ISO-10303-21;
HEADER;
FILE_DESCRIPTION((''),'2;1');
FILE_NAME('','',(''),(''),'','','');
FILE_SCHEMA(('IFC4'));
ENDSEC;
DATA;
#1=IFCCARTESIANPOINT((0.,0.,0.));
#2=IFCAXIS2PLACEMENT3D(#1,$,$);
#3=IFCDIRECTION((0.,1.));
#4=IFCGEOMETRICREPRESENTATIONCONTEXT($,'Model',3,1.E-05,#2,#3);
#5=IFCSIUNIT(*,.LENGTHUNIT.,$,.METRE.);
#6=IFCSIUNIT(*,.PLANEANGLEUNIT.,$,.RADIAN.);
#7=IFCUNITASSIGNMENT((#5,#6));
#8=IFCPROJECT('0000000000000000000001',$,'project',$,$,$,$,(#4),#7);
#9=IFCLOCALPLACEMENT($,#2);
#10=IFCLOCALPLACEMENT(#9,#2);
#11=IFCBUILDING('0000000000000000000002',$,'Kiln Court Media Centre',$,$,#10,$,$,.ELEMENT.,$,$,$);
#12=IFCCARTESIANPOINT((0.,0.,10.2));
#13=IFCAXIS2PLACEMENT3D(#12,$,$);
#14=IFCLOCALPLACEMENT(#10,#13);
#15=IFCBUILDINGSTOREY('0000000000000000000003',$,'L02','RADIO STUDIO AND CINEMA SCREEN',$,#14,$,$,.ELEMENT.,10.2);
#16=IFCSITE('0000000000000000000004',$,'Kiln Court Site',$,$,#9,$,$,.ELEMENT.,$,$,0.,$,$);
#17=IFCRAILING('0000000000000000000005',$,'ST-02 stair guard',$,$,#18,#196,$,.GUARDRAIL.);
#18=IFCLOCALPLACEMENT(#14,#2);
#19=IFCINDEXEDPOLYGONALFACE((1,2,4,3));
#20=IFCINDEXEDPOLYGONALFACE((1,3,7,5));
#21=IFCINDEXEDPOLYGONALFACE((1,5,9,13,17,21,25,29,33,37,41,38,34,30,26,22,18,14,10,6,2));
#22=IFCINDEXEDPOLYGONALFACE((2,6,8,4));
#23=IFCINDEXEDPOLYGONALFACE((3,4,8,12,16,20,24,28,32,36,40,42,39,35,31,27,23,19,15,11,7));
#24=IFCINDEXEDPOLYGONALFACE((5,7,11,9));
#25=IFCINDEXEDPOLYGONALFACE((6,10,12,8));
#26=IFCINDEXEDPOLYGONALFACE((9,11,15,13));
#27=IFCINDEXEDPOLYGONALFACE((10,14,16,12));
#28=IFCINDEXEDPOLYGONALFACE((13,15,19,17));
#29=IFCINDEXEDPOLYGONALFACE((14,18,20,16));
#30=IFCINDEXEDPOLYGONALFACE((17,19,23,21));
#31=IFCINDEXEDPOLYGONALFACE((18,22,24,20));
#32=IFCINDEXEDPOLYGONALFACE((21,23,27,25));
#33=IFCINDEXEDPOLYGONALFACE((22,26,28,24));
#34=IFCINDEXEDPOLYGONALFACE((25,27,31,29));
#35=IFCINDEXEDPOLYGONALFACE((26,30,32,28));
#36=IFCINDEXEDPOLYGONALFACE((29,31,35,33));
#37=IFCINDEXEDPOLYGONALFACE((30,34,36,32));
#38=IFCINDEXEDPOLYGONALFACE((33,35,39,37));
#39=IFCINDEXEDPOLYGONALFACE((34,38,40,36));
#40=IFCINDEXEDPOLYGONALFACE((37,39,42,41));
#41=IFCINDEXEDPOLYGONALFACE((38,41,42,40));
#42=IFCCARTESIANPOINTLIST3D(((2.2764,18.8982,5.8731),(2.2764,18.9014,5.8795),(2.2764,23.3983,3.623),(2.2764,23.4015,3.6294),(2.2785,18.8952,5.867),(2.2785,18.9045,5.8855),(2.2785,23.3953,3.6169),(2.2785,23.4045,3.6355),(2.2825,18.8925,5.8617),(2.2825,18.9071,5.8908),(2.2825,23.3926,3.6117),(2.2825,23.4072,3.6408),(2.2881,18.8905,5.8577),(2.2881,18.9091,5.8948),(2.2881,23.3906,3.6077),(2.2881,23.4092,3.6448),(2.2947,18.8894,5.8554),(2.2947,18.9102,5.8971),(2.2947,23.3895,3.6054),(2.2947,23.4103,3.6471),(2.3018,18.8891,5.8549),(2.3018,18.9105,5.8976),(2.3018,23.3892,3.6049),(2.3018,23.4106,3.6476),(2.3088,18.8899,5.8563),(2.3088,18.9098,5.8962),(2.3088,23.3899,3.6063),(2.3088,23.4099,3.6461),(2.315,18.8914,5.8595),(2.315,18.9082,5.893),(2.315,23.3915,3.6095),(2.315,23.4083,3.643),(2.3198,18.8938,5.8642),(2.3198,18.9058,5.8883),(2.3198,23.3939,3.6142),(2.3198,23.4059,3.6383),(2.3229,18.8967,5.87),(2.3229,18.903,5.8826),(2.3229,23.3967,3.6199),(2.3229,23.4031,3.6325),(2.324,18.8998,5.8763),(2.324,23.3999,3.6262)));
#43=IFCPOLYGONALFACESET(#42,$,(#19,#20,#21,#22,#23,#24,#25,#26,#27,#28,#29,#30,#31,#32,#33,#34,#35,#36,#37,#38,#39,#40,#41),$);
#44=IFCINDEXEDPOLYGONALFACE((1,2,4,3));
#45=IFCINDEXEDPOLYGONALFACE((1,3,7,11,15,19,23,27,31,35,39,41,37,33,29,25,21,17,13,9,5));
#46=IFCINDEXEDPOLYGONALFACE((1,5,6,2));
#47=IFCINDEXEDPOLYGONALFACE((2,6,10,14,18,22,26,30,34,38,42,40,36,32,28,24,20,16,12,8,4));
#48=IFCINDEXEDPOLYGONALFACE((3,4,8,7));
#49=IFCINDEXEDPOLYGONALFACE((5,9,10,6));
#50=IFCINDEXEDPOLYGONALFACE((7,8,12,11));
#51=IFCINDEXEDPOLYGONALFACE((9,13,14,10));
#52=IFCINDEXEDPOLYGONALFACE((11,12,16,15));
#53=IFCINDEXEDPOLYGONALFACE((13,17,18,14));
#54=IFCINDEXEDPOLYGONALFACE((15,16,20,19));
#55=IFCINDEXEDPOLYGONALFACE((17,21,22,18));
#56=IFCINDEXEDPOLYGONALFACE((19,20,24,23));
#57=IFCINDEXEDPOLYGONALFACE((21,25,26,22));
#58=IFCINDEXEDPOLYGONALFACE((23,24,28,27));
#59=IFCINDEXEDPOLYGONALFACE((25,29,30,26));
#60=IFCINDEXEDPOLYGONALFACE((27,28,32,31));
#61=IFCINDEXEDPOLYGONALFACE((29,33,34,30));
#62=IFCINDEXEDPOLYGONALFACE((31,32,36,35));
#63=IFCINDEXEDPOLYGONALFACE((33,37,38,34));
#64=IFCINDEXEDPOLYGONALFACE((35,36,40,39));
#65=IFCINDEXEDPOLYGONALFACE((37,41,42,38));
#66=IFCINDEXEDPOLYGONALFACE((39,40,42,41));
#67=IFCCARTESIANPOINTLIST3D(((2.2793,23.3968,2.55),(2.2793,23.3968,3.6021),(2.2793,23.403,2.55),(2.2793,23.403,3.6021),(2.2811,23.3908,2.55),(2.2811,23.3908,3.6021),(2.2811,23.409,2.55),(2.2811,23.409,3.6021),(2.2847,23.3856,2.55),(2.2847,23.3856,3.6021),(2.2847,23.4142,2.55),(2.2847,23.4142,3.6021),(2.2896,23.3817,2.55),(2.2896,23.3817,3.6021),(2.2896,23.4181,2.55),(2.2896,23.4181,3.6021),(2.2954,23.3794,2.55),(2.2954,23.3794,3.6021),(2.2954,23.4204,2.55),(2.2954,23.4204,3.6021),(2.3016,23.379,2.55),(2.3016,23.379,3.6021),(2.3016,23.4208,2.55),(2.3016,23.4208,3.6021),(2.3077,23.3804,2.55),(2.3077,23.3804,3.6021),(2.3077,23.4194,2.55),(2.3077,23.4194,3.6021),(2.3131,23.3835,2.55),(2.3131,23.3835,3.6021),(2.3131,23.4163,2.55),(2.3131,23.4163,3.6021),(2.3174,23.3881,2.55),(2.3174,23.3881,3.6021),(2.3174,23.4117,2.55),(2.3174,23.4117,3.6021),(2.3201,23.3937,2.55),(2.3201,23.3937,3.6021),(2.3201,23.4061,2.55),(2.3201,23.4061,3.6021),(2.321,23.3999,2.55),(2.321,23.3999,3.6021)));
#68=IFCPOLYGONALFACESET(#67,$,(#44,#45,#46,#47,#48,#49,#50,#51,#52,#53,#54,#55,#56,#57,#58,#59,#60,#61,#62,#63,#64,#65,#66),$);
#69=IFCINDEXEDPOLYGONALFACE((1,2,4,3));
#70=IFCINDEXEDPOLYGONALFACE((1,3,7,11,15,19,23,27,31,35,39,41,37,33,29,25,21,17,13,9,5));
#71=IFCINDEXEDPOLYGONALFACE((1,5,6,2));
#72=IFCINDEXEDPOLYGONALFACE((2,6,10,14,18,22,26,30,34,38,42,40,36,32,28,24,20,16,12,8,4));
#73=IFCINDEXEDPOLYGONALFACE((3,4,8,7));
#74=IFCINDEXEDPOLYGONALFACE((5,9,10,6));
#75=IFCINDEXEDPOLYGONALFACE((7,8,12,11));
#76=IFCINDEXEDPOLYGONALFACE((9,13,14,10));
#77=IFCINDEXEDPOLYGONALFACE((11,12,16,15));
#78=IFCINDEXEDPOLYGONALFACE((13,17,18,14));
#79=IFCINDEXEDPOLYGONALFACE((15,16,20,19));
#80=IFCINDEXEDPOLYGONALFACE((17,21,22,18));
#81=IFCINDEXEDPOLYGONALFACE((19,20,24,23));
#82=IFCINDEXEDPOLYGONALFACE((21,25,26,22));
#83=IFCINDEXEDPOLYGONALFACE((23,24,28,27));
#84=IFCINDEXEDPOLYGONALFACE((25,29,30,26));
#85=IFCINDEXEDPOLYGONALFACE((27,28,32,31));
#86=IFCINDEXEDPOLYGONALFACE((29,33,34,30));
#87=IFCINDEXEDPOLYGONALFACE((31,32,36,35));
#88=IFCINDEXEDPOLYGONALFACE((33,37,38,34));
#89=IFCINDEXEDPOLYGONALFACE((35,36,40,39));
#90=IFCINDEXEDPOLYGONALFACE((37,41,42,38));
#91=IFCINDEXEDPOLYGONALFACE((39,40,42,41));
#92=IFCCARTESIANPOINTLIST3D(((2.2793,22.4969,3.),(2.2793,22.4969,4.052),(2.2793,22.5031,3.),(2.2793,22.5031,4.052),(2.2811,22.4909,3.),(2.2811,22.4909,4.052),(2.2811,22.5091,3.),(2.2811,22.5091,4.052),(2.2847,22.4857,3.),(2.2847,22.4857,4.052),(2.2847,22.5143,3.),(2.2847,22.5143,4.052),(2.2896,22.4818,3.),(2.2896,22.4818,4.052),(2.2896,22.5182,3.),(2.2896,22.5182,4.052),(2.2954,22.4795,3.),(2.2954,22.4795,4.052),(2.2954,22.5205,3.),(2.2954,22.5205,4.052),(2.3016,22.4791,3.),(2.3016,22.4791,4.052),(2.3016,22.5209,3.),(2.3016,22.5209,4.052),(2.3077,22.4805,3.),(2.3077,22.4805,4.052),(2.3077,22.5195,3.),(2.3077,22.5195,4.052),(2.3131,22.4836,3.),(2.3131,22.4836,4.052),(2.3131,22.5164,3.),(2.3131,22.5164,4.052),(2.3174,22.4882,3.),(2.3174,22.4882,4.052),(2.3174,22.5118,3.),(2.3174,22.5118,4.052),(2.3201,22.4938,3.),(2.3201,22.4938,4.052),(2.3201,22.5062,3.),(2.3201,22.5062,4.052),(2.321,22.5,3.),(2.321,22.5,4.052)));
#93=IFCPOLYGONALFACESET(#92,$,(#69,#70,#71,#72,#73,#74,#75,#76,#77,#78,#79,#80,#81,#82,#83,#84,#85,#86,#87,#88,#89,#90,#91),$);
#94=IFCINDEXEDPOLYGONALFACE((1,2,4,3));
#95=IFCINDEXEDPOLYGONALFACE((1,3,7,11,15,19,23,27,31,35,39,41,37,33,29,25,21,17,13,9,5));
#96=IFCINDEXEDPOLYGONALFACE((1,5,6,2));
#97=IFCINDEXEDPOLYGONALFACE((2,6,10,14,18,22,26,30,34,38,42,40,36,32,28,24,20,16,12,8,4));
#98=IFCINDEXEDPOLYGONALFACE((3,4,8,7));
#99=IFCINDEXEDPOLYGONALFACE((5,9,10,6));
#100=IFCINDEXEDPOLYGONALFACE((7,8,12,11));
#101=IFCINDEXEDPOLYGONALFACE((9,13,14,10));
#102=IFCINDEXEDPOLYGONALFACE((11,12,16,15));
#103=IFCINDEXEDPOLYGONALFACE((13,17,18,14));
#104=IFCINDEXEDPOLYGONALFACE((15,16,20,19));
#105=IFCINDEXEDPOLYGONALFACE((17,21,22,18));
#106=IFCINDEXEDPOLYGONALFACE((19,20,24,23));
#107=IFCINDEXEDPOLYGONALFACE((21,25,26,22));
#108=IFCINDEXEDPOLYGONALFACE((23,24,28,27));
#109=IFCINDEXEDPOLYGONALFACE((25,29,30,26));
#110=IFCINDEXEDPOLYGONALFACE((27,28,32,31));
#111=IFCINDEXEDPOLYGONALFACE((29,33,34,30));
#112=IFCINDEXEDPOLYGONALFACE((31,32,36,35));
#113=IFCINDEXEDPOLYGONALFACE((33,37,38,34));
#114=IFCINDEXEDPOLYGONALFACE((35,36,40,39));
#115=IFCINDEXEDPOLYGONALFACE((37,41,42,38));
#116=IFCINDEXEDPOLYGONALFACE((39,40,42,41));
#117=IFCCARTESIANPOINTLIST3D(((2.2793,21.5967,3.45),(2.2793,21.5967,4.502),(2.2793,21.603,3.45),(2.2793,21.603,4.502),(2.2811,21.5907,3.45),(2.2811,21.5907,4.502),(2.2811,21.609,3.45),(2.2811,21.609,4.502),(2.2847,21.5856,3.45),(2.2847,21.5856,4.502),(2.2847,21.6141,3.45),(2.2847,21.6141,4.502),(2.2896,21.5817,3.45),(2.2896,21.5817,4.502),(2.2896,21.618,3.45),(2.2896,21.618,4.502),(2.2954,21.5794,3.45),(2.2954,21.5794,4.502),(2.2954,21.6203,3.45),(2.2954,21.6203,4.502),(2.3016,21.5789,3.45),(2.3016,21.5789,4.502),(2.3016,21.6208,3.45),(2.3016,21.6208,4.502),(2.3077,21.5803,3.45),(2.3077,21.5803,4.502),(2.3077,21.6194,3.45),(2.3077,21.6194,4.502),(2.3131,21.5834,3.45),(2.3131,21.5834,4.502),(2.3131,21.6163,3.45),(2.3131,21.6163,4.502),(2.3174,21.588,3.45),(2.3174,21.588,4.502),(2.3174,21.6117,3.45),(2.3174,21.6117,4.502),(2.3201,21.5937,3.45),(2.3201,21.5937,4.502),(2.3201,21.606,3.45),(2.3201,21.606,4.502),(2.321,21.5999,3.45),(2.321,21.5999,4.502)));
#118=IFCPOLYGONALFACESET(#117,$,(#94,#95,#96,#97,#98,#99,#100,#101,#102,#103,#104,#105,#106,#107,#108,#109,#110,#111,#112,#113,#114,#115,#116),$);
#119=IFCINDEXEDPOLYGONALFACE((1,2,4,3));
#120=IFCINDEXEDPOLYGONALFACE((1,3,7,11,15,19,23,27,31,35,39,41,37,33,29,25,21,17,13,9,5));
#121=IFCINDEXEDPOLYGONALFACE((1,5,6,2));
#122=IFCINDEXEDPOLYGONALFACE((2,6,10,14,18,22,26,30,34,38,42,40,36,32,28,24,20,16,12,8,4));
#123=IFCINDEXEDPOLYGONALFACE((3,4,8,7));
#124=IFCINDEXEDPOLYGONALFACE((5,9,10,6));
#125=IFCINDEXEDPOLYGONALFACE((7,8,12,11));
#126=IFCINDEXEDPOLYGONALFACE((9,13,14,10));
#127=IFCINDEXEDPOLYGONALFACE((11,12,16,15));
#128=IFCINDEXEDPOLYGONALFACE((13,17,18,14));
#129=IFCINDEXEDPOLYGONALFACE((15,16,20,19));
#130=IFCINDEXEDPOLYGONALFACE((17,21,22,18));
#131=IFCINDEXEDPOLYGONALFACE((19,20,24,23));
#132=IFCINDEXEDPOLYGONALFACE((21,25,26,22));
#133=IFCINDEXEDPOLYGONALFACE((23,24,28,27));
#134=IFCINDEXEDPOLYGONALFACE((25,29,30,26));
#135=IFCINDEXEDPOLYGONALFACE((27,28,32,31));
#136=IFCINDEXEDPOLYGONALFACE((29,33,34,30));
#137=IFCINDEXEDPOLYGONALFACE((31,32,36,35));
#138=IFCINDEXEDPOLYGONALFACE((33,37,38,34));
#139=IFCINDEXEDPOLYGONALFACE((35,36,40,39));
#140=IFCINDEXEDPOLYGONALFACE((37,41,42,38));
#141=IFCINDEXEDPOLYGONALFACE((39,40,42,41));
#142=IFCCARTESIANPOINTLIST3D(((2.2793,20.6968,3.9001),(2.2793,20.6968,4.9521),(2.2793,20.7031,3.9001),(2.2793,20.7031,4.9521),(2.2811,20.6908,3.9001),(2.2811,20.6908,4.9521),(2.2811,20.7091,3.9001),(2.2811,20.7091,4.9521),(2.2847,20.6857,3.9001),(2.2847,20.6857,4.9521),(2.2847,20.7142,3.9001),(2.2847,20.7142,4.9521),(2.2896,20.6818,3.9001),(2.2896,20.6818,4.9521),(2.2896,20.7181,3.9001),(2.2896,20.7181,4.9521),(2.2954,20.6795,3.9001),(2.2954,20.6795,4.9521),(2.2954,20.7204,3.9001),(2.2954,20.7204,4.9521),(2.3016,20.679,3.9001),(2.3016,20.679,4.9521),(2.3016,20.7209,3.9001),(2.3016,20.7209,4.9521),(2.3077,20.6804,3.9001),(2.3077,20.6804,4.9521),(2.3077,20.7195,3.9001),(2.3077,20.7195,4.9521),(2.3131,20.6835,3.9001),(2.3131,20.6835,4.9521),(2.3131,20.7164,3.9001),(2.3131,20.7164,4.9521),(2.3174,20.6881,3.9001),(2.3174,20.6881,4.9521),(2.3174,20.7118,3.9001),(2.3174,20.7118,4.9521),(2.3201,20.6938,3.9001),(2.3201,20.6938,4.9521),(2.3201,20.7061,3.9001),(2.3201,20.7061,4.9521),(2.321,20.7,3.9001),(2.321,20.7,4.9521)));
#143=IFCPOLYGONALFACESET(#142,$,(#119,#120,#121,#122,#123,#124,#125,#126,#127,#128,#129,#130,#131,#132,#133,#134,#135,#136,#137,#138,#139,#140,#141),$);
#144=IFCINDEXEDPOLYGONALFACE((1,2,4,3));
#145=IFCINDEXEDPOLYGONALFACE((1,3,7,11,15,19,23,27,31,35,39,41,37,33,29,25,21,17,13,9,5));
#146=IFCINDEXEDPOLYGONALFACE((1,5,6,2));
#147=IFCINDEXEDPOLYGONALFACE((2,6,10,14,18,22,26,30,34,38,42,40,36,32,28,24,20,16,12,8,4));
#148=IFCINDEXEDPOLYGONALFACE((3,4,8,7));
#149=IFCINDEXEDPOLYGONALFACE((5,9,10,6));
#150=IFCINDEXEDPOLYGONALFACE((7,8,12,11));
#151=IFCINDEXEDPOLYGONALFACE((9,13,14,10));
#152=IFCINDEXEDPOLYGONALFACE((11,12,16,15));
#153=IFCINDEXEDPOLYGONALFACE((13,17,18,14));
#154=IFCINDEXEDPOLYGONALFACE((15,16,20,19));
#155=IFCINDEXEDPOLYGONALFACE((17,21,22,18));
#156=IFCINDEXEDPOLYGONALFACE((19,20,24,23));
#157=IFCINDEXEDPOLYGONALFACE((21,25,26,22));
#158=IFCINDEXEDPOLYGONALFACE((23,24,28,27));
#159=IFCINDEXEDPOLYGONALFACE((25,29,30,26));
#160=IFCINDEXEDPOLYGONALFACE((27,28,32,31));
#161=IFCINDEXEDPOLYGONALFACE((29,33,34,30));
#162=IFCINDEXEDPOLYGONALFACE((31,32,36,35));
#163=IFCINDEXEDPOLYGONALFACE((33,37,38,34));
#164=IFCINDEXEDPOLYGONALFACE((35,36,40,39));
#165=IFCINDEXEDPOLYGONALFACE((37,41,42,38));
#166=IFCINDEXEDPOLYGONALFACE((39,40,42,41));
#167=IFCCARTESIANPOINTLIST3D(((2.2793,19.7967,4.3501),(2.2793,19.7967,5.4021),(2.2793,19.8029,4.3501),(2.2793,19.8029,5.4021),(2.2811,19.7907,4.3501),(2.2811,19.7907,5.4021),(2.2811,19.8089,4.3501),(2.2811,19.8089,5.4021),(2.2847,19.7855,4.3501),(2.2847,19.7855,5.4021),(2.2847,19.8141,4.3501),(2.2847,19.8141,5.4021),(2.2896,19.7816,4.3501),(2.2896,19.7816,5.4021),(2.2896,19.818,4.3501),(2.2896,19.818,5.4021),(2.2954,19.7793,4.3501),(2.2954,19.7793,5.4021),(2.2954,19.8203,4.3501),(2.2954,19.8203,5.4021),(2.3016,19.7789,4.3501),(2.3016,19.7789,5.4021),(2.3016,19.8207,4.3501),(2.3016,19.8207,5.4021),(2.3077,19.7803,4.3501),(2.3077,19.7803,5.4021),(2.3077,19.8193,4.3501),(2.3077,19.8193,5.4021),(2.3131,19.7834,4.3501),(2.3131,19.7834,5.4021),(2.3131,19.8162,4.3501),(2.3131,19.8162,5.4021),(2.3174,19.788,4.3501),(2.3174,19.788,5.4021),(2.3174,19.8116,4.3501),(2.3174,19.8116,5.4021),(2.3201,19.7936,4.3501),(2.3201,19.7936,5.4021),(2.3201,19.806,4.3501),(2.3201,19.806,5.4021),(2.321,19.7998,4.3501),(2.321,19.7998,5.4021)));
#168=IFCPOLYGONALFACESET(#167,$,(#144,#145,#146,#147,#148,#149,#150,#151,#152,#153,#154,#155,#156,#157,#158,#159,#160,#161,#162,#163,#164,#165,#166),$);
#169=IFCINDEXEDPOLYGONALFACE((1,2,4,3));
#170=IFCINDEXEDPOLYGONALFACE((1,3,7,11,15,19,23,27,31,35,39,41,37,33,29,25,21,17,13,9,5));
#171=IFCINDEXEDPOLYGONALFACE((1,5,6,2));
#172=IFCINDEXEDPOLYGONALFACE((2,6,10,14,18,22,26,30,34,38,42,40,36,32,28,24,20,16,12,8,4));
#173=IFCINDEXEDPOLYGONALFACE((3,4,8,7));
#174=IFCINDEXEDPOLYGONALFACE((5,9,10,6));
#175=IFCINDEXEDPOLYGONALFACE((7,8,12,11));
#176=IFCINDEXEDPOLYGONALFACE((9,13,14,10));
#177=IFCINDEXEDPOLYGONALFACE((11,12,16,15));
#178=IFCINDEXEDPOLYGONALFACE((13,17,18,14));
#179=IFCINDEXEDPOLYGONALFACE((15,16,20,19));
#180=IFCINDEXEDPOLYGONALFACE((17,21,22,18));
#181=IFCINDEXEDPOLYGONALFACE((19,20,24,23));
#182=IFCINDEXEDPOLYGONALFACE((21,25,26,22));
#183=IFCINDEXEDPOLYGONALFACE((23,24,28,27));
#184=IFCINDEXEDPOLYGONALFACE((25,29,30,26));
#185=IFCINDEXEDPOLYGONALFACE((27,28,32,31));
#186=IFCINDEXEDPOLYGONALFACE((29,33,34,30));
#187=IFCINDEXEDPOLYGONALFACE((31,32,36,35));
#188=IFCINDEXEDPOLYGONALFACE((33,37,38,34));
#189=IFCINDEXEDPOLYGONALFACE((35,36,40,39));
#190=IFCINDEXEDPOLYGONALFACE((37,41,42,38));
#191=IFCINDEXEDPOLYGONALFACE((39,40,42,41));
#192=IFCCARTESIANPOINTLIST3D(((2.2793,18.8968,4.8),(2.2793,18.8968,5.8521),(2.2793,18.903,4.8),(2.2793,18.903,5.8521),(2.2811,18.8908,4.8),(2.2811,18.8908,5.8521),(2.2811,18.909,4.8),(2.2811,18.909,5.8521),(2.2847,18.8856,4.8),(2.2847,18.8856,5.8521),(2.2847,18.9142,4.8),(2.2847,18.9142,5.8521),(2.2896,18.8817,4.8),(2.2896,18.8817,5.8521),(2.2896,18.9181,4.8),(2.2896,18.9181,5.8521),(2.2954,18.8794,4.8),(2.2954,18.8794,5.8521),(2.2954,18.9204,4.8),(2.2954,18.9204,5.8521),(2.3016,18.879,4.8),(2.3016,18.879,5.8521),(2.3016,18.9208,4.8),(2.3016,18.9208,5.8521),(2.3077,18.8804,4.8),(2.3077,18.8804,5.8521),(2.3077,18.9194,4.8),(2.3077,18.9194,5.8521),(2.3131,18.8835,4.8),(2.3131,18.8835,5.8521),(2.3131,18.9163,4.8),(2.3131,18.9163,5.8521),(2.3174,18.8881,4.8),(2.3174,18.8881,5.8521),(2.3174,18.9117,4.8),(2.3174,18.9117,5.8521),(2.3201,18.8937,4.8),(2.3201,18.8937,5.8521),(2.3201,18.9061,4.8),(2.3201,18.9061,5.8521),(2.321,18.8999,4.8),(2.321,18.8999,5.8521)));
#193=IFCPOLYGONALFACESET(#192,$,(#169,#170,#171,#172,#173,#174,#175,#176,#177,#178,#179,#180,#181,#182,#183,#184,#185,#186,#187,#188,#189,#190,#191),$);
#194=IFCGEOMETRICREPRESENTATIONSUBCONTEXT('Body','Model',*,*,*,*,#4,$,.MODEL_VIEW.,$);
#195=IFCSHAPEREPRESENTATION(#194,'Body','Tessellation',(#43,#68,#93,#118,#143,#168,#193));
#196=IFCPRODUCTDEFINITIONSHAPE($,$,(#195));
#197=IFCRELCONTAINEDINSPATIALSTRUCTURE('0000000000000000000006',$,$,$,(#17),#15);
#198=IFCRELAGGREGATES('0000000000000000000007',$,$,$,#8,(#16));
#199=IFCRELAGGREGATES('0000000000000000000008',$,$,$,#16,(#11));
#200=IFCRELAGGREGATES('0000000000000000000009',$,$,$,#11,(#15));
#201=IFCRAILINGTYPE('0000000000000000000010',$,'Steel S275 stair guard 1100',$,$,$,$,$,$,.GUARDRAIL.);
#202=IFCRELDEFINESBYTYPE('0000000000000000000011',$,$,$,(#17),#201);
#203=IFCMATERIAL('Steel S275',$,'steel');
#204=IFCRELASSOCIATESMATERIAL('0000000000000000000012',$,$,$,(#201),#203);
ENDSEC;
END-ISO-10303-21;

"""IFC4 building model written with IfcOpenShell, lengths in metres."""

from ifc_helpers import new_model, si_unit, direction, frame, origin, origin_2d, place, context, subcontext, project, spatial, circle, extrude, material, type_object, element, save


model = new_model("IFC4")

# Units and contexts
model_context = context("Model", 3, precision=1e-05, world=origin(), true_north=direction((0.0, 1.0)))
body_context = subcontext(model_context, "Body", "Model", "MODEL_VIEW")
ifc_project = project(units=[si_unit("LENGTHUNIT", "METRE"), si_unit("PLANEANGLEUNIT", "RADIAN")], contexts=[model_context])

# Site, building, storey
site_placement = place(None, origin())
site = spatial("IfcSite", under=ifc_project, at=site_placement, Name="Kiln Court Site", CompositionType="ELEMENT", RefElevation=0.0)
building_placement = place(site_placement, origin())
building = spatial("IfcBuilding", under=site, at=building_placement, Name="Kiln Court Media Centre", CompositionType="ELEMENT")
storey_placement = place(building_placement, frame((0.0, 0.0, 10.2)))
storey = spatial("IfcBuildingStorey", under=building, at=storey_placement, Name="L02", Description="RADIO STUDIO AND CINEMA SCREEN", CompositionType="ELEMENT", Elevation=10.2)

# Railing
ifc_material_1 = material(Name="Steel S275", Category="steel")
railing_type_1 = type_object("IfcRailingType", Name="Steel S275 stair guard 1100", PredefinedType="GUARDRAIL", material=ifc_material_1)
railing_1_placement = place(storey_placement, frame((2.3, 23.3999, 2.55)))
element("IfcRailing", 1, at=railing_1_placement, inside=storey, type_object=railing_type_1, Name="ST-02 stair guard", PredefinedType="GUARDRAIL", context=body_context, shape_type="SweptSolid", body=[
    extrude(circle(Radius=0.0239, at=origin_2d()), frame((0.0, 0.0, 1.0762), z_axis=(0.0, -0.894427, 0.447214), x_axis=(1.0, 0.0, 0.0)), (0.0, 0.0, 1.0), 5.0312),
    extrude(circle(Radius=0.021, at=origin_2d()), origin(), (0.0, 0.0, 1.0), 1.052),
    extrude(circle(Radius=0.021, at=origin_2d()), frame((0.0, -0.8999, 0.45)), (0.0, 0.0, 1.0), 1.052),
    extrude(circle(Radius=0.021, at=origin_2d()), frame((0.0, -1.8, 0.8999)), (0.0, 0.0, 1.0), 1.052),
    extrude(circle(Radius=0.021, at=origin_2d()), frame((0.0, -2.7, 1.3501)), (0.0, 0.0, 1.0), 1.052),
    extrude(circle(Radius=0.021, at=origin_2d()), frame((0.0, -3.6001, 1.8)), (0.0, 0.0, 1.0), 1.052),
    extrude(circle(Radius=0.021, at=origin_2d()), frame((0.0, -4.5, 2.25)), (0.0, 0.0, 1.0), 1.052),
])

save(model, "model.ifc")
